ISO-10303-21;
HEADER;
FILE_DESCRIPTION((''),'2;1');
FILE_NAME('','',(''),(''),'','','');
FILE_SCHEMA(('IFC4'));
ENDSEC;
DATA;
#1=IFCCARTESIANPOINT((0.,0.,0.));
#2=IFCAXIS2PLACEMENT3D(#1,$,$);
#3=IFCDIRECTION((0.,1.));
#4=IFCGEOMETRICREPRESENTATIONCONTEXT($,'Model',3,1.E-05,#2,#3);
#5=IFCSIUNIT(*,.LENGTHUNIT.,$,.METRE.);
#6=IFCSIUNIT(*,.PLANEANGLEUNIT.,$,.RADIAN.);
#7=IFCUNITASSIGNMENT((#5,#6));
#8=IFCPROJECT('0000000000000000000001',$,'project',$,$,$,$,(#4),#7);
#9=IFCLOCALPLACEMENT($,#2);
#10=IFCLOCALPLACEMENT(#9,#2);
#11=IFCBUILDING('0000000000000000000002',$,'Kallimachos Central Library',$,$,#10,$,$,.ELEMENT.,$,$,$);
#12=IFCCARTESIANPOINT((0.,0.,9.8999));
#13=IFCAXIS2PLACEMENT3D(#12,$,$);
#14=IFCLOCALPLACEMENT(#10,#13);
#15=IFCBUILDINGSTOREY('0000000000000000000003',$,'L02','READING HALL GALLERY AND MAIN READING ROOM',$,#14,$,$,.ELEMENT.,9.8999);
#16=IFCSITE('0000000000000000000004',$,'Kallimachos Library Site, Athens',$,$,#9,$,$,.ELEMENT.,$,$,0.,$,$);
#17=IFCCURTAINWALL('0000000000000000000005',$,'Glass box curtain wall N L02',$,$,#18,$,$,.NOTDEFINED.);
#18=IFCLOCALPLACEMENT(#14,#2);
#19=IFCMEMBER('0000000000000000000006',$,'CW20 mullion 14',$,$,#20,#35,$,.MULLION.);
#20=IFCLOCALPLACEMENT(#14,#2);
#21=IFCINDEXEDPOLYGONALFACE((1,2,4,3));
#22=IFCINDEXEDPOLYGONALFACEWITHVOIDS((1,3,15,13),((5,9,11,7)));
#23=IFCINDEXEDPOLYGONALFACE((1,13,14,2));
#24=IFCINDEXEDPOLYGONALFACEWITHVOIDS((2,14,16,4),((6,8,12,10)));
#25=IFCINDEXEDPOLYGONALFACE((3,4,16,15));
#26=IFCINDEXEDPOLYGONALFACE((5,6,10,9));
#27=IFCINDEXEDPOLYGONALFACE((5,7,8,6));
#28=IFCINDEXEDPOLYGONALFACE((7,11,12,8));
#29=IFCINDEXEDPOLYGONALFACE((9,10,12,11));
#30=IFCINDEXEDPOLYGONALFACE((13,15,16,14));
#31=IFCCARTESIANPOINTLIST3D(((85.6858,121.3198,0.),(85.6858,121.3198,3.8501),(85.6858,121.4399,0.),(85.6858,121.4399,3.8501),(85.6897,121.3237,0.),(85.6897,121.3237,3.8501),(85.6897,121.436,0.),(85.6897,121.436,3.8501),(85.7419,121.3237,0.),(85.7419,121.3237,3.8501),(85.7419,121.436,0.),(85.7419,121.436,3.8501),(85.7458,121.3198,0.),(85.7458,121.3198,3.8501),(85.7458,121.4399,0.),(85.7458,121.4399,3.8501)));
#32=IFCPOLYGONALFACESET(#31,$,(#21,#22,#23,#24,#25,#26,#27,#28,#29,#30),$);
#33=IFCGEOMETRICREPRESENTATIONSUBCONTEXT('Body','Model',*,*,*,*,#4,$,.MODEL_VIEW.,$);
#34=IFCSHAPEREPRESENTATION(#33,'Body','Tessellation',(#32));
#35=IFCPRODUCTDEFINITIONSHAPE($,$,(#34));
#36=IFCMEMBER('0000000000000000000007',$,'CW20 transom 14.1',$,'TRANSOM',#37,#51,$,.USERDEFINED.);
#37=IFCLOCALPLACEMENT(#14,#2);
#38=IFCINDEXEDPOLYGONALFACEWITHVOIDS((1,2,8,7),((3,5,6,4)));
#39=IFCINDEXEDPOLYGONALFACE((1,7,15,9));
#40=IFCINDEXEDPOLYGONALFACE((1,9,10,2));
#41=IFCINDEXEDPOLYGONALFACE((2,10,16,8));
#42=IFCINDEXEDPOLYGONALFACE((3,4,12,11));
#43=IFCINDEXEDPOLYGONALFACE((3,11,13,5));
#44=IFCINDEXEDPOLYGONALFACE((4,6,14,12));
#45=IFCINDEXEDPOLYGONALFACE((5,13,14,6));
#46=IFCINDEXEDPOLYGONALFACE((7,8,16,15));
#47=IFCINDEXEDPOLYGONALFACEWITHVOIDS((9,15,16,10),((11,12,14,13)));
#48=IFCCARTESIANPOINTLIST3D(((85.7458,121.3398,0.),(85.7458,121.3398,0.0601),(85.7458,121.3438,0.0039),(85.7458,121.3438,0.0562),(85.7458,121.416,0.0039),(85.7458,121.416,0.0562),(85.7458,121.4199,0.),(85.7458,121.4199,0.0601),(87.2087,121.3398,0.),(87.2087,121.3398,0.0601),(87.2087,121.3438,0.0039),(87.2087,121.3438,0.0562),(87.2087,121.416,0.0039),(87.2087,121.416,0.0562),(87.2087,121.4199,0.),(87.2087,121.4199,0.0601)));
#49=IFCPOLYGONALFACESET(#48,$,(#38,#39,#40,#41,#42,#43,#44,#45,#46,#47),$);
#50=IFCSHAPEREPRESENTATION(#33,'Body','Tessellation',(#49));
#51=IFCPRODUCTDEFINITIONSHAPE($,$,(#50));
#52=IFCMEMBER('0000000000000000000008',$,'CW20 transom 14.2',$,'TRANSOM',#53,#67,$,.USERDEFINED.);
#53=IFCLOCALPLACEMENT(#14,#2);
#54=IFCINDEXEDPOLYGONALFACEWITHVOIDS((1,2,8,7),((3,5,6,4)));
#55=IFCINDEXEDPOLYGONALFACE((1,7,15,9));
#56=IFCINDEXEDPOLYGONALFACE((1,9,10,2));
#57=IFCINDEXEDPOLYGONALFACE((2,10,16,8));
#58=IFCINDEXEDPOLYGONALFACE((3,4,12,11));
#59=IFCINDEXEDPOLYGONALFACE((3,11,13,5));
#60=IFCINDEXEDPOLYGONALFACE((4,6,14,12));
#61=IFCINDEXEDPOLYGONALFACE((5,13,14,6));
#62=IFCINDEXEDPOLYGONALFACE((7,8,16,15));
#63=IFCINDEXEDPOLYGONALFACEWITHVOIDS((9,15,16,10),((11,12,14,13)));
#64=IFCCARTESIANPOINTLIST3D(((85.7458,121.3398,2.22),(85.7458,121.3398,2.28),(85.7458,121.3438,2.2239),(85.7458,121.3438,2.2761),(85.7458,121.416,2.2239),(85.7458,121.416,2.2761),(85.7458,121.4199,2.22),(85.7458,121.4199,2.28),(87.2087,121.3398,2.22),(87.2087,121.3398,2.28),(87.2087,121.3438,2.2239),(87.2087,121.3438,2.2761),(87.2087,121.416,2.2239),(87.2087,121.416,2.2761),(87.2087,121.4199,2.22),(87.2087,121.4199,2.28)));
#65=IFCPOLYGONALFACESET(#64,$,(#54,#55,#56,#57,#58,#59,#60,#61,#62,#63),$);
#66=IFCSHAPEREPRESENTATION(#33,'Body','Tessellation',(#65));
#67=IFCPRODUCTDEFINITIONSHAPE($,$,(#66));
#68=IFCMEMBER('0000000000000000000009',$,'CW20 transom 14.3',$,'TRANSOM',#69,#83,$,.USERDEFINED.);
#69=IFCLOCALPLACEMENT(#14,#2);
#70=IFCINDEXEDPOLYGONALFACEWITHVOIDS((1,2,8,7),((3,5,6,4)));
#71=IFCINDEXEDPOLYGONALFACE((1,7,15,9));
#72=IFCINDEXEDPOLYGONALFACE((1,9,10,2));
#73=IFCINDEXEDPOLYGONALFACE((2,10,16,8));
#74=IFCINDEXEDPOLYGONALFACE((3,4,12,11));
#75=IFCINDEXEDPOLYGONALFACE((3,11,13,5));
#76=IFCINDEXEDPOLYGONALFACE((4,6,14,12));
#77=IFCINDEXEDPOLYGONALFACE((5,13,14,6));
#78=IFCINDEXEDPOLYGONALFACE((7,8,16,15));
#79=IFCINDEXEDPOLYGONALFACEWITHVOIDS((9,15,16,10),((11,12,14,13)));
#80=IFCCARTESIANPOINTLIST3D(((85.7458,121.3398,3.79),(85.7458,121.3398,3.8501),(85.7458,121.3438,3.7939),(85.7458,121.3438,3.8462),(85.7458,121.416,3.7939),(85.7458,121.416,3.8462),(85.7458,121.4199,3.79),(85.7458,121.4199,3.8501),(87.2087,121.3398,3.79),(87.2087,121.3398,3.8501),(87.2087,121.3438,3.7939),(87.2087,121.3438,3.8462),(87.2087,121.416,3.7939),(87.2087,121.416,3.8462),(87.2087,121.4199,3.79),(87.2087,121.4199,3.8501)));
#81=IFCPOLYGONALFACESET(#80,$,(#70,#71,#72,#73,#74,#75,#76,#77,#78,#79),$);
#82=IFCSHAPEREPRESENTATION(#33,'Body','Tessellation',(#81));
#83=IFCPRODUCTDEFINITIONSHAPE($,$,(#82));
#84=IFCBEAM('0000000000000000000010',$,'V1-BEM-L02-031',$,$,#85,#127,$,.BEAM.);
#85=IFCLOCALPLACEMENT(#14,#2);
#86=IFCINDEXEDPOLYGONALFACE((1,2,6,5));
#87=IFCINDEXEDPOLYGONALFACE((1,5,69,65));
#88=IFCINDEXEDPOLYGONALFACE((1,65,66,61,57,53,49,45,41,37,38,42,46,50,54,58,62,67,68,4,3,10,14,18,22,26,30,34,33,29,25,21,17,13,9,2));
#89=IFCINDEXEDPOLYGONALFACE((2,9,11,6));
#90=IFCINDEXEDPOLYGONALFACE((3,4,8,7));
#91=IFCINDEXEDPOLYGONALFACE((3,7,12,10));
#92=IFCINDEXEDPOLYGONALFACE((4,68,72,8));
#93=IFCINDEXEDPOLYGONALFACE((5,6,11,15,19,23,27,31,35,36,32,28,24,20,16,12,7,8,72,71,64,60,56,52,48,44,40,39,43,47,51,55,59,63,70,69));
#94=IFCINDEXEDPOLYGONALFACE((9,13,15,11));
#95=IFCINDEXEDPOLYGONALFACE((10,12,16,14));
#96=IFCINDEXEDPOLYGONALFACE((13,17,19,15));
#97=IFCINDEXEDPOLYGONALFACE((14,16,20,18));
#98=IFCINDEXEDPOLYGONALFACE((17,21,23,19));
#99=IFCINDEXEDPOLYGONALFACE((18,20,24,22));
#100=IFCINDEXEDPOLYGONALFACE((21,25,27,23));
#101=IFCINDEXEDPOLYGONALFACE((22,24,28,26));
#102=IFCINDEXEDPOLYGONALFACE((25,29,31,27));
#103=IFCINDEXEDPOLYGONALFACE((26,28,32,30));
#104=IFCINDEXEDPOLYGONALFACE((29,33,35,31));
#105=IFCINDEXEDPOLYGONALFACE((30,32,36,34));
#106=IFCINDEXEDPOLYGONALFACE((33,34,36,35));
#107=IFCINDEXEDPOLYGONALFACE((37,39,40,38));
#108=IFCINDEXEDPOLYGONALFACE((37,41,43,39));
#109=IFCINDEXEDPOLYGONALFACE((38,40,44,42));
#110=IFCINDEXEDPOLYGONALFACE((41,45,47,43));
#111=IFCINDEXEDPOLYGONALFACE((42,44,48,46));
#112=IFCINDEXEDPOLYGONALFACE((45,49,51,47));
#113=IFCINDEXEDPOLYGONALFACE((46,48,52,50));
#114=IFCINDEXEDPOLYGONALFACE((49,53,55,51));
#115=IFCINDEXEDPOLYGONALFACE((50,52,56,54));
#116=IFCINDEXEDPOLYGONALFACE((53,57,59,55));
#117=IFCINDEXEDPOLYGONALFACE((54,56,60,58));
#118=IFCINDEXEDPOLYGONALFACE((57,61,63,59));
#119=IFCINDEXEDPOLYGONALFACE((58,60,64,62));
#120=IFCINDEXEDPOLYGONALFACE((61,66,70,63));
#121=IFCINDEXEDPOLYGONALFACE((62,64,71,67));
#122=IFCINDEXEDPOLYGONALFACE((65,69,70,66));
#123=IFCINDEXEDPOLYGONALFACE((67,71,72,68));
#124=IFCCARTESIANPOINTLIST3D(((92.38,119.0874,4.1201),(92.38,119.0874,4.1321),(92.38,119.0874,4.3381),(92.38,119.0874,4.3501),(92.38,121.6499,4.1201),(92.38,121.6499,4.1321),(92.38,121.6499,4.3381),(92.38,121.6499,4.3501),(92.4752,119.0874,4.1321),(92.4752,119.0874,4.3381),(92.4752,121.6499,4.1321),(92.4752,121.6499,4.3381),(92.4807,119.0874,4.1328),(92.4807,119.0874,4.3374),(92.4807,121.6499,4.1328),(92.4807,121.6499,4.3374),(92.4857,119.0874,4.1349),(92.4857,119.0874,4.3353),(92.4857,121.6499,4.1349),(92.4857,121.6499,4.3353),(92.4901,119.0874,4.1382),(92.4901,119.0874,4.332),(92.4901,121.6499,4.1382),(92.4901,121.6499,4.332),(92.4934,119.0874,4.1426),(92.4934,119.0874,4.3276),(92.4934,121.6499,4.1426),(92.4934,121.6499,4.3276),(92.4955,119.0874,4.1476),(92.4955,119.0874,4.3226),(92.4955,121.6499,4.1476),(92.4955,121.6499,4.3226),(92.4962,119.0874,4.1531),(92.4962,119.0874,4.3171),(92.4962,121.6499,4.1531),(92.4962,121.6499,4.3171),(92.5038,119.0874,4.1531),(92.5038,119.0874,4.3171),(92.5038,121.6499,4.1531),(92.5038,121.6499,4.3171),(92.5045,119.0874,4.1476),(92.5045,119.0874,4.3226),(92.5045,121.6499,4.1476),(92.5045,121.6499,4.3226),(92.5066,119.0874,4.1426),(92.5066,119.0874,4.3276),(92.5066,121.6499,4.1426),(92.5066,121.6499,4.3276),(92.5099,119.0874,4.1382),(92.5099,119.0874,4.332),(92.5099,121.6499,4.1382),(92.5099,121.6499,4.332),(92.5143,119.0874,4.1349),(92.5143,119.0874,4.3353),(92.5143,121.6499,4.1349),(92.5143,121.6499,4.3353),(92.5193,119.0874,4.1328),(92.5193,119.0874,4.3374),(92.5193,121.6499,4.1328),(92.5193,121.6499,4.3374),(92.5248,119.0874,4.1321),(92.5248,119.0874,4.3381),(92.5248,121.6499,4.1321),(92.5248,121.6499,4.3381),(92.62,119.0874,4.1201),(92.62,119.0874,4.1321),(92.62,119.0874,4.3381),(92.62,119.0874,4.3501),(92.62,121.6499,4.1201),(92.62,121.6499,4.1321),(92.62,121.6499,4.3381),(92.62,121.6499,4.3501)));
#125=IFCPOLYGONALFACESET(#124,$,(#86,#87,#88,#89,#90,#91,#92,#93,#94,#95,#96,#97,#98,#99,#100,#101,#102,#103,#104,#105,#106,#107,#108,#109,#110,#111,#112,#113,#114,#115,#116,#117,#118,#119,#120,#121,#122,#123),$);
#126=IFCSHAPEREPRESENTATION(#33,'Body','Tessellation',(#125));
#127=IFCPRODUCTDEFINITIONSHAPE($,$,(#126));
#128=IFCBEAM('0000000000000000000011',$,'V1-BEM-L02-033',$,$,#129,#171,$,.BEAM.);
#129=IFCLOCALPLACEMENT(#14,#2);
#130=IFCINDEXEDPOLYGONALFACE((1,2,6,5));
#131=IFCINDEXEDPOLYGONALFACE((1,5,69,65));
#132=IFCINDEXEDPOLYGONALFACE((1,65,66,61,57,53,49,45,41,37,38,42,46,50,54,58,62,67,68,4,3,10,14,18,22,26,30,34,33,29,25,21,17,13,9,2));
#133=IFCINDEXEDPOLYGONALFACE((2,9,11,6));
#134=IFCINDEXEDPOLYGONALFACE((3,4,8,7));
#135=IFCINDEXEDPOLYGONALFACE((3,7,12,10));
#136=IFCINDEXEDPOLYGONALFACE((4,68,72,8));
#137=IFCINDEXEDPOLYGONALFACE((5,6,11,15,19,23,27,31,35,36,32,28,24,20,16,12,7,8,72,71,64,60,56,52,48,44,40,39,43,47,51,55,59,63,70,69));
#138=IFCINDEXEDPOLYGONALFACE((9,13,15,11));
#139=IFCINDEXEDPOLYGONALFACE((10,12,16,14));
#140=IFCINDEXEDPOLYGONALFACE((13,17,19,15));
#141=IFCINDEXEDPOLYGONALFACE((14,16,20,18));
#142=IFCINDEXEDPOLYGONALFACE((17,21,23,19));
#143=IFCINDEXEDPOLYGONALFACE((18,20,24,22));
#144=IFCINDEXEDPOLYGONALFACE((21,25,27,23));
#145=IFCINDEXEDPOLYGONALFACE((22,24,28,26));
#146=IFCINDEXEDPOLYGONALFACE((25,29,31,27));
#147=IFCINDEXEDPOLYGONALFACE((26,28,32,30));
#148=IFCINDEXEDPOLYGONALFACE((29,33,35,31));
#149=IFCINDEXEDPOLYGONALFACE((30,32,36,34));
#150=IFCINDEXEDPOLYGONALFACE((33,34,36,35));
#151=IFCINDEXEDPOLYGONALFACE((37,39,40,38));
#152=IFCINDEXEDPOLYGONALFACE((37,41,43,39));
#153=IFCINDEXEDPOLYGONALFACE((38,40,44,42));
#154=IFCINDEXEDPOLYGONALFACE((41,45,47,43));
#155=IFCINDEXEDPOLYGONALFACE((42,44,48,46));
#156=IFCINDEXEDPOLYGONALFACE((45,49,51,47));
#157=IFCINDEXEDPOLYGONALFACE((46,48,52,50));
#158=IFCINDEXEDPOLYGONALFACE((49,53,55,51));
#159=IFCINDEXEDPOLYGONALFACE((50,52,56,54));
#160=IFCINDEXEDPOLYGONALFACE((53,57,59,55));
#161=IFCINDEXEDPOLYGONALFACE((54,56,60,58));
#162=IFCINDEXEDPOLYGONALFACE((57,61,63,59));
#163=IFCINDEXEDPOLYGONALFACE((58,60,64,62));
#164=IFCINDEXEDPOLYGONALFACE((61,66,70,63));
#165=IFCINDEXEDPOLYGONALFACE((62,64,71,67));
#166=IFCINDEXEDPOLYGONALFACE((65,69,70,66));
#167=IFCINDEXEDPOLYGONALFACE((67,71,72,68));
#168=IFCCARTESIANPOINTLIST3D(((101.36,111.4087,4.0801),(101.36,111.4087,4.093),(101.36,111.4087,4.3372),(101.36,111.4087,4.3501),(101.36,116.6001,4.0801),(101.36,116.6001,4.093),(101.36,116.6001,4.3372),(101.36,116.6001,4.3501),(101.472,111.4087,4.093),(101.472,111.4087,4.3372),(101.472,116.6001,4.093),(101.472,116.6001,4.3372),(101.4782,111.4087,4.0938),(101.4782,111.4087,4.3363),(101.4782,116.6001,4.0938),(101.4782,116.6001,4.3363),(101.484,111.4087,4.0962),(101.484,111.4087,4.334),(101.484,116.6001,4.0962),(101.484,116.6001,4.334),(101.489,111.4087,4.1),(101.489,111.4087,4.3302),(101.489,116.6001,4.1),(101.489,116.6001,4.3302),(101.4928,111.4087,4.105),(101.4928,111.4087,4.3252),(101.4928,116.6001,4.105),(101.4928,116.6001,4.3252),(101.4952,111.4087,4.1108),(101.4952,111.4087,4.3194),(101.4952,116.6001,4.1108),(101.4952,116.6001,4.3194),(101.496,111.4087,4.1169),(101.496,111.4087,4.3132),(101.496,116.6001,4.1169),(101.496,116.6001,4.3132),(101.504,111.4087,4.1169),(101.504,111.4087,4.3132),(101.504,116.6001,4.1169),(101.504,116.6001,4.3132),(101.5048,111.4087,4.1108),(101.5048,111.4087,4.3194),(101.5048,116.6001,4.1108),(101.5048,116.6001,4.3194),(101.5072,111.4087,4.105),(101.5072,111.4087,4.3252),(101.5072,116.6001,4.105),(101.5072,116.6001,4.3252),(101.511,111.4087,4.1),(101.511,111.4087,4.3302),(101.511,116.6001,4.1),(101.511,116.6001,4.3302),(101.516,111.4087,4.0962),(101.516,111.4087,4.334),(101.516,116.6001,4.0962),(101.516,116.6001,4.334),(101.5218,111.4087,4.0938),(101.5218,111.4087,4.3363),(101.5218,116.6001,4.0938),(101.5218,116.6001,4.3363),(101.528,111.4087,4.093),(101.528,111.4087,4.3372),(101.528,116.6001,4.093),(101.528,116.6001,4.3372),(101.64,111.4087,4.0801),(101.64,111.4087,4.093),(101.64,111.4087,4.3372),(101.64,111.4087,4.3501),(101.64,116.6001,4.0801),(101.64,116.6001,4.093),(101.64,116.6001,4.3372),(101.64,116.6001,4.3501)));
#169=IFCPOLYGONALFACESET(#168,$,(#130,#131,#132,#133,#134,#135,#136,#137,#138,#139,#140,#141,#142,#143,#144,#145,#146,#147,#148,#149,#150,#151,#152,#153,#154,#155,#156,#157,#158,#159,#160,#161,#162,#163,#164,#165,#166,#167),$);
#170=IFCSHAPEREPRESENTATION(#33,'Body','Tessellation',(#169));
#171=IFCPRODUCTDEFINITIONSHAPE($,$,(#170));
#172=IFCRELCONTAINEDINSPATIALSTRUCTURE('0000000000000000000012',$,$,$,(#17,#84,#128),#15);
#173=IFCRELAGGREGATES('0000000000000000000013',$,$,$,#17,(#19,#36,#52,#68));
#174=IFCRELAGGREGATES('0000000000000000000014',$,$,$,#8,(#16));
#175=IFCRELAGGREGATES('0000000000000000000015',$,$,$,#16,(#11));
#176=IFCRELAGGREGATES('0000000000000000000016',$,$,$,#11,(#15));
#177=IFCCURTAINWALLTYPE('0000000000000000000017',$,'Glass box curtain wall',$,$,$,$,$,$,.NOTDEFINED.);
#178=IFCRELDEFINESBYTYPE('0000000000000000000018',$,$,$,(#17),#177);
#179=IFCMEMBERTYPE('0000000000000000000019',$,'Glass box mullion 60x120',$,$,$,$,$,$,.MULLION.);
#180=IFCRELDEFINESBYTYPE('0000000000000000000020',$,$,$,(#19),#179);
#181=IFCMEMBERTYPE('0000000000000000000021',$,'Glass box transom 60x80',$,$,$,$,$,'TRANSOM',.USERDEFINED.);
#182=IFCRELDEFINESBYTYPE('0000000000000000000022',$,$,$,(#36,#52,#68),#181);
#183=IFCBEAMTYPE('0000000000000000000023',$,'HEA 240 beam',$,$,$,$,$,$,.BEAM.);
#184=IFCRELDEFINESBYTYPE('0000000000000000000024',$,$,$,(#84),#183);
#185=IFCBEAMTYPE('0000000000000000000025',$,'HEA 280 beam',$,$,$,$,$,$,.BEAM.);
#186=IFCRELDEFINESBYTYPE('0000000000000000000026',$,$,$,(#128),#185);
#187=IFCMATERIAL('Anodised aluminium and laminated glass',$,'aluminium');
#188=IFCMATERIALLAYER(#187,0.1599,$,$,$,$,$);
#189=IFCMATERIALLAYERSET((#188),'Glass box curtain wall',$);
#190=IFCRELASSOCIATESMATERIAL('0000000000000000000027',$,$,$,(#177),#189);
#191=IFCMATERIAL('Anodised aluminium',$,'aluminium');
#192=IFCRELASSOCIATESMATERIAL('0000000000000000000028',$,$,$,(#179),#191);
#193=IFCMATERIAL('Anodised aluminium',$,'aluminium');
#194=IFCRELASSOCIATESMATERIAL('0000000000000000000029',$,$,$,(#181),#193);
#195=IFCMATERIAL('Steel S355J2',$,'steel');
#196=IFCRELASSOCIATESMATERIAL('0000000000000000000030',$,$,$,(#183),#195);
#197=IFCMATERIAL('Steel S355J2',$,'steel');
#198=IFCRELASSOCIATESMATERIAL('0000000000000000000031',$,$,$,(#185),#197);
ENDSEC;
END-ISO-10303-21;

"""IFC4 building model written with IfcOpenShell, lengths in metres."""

from ifc_helpers import new_model, si_unit, direction, frame, origin, origin_2d, place, context, subcontext, project, spatial, hollow_rectangle, i_section, extrude, material, layer, layer_set, material_profile, profile_set, type_object, element, aggregate, save


model = new_model("IFC4")

# Units and contexts
model_context = context("Model", 3, precision=1e-05, world=origin(), true_north=direction((0.0, 1.0)))
body_context = subcontext(model_context, "Body", "Model", "MODEL_VIEW")
ifc_project = project(units=[si_unit("LENGTHUNIT", "METRE"), si_unit("PLANEANGLEUNIT", "RADIAN")], contexts=[model_context])

# Site, building, storey
site_placement = place(None, origin())
site = spatial("IfcSite", under=ifc_project, at=site_placement, Name="Kallimachos Library Site, Athens", CompositionType="ELEMENT", RefElevation=0.0)
building_placement = place(site_placement, origin())
building = spatial("IfcBuilding", under=site, at=building_placement, Name="Kallimachos Central Library", CompositionType="ELEMENT")
storey_placement = place(building_placement, frame((0.0, 0.0, 9.8999)))
storey = spatial("IfcBuildingStorey", under=building, at=storey_placement, Name="L02", Description="READING HALL GALLERY AND MAIN READING ROOM", CompositionType="ELEMENT", Elevation=9.8999)

# Curtain wall, members
ifc_material_1 = material(Name="Anodised aluminium and laminated glass", Category="aluminium")
ifc_layer_1 = layer(ifc_material_1, 0.1599)
ifc_layer_set_1 = layer_set([ifc_layer_1], Name="Glass box curtain wall")
curtain_wall_type = type_object("IfcCurtainWallType", Name="Glass box curtain wall", PredefinedType="NOTDEFINED", material=ifc_layer_set_1)
curtain_wall_placement = place(storey_placement, origin())
curtain_wall = element("IfcCurtainWall", 1, at=curtain_wall_placement, inside=storey, type_object=curtain_wall_type, Name="Glass box curtain wall N L02", PredefinedType="NOTDEFINED")
ifc_material_2 = material(Name="Anodised aluminium", Category="aluminium")
ifc_material_profile_1 = material_profile(ifc_material_2, hollow_rectangle(XDim=0.0601, YDim=0.1201, WallThickness=0.0039, at=origin_2d()), Name="ALU MULLION 60x120")
ifc_profile_set_1 = profile_set([ifc_material_profile_1], Name="Anodised aluminium")
member_type_1 = type_object("IfcMemberType", Name="Glass box mullion 60x120", PredefinedType="MULLION", material=ifc_profile_set_1)
member_1_placement = place(storey_placement, frame((85.7158, 121.3799, 0.0), z_axis=(0.0, 0.0, 1.0), x_axis=(1.0, 0.0, 0.0)))
member_1 = element("IfcMember", 2, at=member_1_placement, type_object=member_type_1, Name="CW20 mullion 14", PredefinedType="MULLION", context=body_context, shape_type="SweptSolid", body=[
    extrude(hollow_rectangle(XDim=0.0601, YDim=0.1201, WallThickness=0.0039, at=origin_2d()), origin(), (0.0, 0.0, 1.0), 3.8501),
])
ifc_material_3 = material(Name="Anodised aluminium", Category="aluminium")
ifc_material_profile_2 = material_profile(ifc_material_3, hollow_rectangle(XDim=0.0601, YDim=0.0801, WallThickness=0.0039, at=origin_2d()), Name="ALU TRANSOM 60x80")
ifc_profile_set_2 = profile_set([ifc_material_profile_2], Name="Anodised aluminium")
member_type_2 = type_object("IfcMemberType", Name="Glass box transom 60x80", ElementType="TRANSOM", PredefinedType="USERDEFINED", material=ifc_profile_set_2)
member_2_placement = place(storey_placement, frame((85.7458, 121.3799, 0.03), z_axis=(1.0, 0.0, 0.0), x_axis=(0.0, 0.0, 1.0)))
member_2 = element("IfcMember", 3, at=member_2_placement, type_object=member_type_2, Name="CW20 transom 14.1", ObjectType="TRANSOM", PredefinedType="USERDEFINED", context=body_context, shape_type="SweptSolid", body=[
    extrude(hollow_rectangle(XDim=0.0601, YDim=0.0801, WallThickness=0.0039, at=origin_2d()), origin(), (0.0, 0.0, 1.0), 1.4629),
])
member_3_placement = place(storey_placement, frame((85.7458, 121.3799, 2.25), z_axis=(1.0, 0.0, 0.0), x_axis=(0.0, 0.0, 1.0)))
member_3 = element("IfcMember", 4, at=member_3_placement, type_object=member_type_2, Name="CW20 transom 14.2", ObjectType="TRANSOM", PredefinedType="USERDEFINED", context=body_context, shape_type="SweptSolid", body=[
    extrude(hollow_rectangle(XDim=0.0601, YDim=0.0801, WallThickness=0.0039, at=origin_2d()), origin(), (0.0, 0.0, 1.0), 1.4629),
])
member_4_placement = place(storey_placement, frame((85.7458, 121.3799, 3.8201), z_axis=(1.0, 0.0, 0.0), x_axis=(0.0, 0.0, 1.0)))
member_4 = element("IfcMember", 5, at=member_4_placement, type_object=member_type_2, Name="CW20 transom 14.3", ObjectType="TRANSOM", PredefinedType="USERDEFINED", context=body_context, shape_type="SweptSolid", body=[
    extrude(hollow_rectangle(XDim=0.0601, YDim=0.0801, WallThickness=0.0039, at=origin_2d()), origin(), (0.0, 0.0, 1.0), 1.4629),
])

# Beams
ifc_material_4 = material(Name="Steel S355J2", Category="steel")
ifc_material_profile_3 = material_profile(ifc_material_4, i_section(OverallWidth=0.24, OverallDepth=0.23, WebThickness=0.0076, FlangeThickness=0.012, FilletRadius=0.021, at=origin_2d()), Name="HEA 240")
ifc_profile_set_3 = profile_set([ifc_material_profile_3], Name="Steel S355J2")
beam_type_1 = type_object("IfcBeamType", Name="HEA 240 beam", PredefinedType="BEAM", material=ifc_profile_set_3)
beam_1_placement = place(storey_placement, frame((92.5, 119.0874, 4.2351), z_axis=(0.0, 1.0, 0.0), x_axis=(-1.0, 0.0, 0.0)))
element("IfcBeam", 6, at=beam_1_placement, inside=storey, type_object=beam_type_1, Name="V1-BEM-L02-031", PredefinedType="BEAM", context=body_context, shape_type="SweptSolid", body=[
    extrude(i_section(OverallWidth=0.24, OverallDepth=0.23, WebThickness=0.0076, FlangeThickness=0.012, FilletRadius=0.021, at=origin_2d()), origin(), (0.0, 0.0, 1.0), 2.5625),
])
ifc_material_5 = material(Name="Steel S355J2", Category="steel")
ifc_material_profile_4 = material_profile(ifc_material_5, i_section(OverallWidth=0.28, OverallDepth=0.27, WebThickness=0.0081, FlangeThickness=0.0129, FilletRadius=0.0239, at=origin_2d()), Name="HEA 280")
ifc_profile_set_4 = profile_set([ifc_material_profile_4], Name="Steel S355J2")
beam_type_2 = type_object("IfcBeamType", Name="HEA 280 beam", PredefinedType="BEAM", material=ifc_profile_set_4)
beam_2_placement = place(storey_placement, frame((101.5, 111.4087, 4.2151), z_axis=(0.0, 1.0, 0.0), x_axis=(-1.0, 0.0, 0.0)))
element("IfcBeam", 7, at=beam_2_placement, inside=storey, type_object=beam_type_2, Name="V1-BEM-L02-033", PredefinedType="BEAM", context=body_context, shape_type="SweptSolid", body=[
    extrude(i_section(OverallWidth=0.28, OverallDepth=0.27, WebThickness=0.0081, FlangeThickness=0.0129, FilletRadius=0.0239, at=origin_2d()), origin(), (0.0, 0.0, 1.0), 5.1914),
])

aggregate(curtain_wall, [member_1, member_2, member_3, member_4])

save(model, "model.ifc")
